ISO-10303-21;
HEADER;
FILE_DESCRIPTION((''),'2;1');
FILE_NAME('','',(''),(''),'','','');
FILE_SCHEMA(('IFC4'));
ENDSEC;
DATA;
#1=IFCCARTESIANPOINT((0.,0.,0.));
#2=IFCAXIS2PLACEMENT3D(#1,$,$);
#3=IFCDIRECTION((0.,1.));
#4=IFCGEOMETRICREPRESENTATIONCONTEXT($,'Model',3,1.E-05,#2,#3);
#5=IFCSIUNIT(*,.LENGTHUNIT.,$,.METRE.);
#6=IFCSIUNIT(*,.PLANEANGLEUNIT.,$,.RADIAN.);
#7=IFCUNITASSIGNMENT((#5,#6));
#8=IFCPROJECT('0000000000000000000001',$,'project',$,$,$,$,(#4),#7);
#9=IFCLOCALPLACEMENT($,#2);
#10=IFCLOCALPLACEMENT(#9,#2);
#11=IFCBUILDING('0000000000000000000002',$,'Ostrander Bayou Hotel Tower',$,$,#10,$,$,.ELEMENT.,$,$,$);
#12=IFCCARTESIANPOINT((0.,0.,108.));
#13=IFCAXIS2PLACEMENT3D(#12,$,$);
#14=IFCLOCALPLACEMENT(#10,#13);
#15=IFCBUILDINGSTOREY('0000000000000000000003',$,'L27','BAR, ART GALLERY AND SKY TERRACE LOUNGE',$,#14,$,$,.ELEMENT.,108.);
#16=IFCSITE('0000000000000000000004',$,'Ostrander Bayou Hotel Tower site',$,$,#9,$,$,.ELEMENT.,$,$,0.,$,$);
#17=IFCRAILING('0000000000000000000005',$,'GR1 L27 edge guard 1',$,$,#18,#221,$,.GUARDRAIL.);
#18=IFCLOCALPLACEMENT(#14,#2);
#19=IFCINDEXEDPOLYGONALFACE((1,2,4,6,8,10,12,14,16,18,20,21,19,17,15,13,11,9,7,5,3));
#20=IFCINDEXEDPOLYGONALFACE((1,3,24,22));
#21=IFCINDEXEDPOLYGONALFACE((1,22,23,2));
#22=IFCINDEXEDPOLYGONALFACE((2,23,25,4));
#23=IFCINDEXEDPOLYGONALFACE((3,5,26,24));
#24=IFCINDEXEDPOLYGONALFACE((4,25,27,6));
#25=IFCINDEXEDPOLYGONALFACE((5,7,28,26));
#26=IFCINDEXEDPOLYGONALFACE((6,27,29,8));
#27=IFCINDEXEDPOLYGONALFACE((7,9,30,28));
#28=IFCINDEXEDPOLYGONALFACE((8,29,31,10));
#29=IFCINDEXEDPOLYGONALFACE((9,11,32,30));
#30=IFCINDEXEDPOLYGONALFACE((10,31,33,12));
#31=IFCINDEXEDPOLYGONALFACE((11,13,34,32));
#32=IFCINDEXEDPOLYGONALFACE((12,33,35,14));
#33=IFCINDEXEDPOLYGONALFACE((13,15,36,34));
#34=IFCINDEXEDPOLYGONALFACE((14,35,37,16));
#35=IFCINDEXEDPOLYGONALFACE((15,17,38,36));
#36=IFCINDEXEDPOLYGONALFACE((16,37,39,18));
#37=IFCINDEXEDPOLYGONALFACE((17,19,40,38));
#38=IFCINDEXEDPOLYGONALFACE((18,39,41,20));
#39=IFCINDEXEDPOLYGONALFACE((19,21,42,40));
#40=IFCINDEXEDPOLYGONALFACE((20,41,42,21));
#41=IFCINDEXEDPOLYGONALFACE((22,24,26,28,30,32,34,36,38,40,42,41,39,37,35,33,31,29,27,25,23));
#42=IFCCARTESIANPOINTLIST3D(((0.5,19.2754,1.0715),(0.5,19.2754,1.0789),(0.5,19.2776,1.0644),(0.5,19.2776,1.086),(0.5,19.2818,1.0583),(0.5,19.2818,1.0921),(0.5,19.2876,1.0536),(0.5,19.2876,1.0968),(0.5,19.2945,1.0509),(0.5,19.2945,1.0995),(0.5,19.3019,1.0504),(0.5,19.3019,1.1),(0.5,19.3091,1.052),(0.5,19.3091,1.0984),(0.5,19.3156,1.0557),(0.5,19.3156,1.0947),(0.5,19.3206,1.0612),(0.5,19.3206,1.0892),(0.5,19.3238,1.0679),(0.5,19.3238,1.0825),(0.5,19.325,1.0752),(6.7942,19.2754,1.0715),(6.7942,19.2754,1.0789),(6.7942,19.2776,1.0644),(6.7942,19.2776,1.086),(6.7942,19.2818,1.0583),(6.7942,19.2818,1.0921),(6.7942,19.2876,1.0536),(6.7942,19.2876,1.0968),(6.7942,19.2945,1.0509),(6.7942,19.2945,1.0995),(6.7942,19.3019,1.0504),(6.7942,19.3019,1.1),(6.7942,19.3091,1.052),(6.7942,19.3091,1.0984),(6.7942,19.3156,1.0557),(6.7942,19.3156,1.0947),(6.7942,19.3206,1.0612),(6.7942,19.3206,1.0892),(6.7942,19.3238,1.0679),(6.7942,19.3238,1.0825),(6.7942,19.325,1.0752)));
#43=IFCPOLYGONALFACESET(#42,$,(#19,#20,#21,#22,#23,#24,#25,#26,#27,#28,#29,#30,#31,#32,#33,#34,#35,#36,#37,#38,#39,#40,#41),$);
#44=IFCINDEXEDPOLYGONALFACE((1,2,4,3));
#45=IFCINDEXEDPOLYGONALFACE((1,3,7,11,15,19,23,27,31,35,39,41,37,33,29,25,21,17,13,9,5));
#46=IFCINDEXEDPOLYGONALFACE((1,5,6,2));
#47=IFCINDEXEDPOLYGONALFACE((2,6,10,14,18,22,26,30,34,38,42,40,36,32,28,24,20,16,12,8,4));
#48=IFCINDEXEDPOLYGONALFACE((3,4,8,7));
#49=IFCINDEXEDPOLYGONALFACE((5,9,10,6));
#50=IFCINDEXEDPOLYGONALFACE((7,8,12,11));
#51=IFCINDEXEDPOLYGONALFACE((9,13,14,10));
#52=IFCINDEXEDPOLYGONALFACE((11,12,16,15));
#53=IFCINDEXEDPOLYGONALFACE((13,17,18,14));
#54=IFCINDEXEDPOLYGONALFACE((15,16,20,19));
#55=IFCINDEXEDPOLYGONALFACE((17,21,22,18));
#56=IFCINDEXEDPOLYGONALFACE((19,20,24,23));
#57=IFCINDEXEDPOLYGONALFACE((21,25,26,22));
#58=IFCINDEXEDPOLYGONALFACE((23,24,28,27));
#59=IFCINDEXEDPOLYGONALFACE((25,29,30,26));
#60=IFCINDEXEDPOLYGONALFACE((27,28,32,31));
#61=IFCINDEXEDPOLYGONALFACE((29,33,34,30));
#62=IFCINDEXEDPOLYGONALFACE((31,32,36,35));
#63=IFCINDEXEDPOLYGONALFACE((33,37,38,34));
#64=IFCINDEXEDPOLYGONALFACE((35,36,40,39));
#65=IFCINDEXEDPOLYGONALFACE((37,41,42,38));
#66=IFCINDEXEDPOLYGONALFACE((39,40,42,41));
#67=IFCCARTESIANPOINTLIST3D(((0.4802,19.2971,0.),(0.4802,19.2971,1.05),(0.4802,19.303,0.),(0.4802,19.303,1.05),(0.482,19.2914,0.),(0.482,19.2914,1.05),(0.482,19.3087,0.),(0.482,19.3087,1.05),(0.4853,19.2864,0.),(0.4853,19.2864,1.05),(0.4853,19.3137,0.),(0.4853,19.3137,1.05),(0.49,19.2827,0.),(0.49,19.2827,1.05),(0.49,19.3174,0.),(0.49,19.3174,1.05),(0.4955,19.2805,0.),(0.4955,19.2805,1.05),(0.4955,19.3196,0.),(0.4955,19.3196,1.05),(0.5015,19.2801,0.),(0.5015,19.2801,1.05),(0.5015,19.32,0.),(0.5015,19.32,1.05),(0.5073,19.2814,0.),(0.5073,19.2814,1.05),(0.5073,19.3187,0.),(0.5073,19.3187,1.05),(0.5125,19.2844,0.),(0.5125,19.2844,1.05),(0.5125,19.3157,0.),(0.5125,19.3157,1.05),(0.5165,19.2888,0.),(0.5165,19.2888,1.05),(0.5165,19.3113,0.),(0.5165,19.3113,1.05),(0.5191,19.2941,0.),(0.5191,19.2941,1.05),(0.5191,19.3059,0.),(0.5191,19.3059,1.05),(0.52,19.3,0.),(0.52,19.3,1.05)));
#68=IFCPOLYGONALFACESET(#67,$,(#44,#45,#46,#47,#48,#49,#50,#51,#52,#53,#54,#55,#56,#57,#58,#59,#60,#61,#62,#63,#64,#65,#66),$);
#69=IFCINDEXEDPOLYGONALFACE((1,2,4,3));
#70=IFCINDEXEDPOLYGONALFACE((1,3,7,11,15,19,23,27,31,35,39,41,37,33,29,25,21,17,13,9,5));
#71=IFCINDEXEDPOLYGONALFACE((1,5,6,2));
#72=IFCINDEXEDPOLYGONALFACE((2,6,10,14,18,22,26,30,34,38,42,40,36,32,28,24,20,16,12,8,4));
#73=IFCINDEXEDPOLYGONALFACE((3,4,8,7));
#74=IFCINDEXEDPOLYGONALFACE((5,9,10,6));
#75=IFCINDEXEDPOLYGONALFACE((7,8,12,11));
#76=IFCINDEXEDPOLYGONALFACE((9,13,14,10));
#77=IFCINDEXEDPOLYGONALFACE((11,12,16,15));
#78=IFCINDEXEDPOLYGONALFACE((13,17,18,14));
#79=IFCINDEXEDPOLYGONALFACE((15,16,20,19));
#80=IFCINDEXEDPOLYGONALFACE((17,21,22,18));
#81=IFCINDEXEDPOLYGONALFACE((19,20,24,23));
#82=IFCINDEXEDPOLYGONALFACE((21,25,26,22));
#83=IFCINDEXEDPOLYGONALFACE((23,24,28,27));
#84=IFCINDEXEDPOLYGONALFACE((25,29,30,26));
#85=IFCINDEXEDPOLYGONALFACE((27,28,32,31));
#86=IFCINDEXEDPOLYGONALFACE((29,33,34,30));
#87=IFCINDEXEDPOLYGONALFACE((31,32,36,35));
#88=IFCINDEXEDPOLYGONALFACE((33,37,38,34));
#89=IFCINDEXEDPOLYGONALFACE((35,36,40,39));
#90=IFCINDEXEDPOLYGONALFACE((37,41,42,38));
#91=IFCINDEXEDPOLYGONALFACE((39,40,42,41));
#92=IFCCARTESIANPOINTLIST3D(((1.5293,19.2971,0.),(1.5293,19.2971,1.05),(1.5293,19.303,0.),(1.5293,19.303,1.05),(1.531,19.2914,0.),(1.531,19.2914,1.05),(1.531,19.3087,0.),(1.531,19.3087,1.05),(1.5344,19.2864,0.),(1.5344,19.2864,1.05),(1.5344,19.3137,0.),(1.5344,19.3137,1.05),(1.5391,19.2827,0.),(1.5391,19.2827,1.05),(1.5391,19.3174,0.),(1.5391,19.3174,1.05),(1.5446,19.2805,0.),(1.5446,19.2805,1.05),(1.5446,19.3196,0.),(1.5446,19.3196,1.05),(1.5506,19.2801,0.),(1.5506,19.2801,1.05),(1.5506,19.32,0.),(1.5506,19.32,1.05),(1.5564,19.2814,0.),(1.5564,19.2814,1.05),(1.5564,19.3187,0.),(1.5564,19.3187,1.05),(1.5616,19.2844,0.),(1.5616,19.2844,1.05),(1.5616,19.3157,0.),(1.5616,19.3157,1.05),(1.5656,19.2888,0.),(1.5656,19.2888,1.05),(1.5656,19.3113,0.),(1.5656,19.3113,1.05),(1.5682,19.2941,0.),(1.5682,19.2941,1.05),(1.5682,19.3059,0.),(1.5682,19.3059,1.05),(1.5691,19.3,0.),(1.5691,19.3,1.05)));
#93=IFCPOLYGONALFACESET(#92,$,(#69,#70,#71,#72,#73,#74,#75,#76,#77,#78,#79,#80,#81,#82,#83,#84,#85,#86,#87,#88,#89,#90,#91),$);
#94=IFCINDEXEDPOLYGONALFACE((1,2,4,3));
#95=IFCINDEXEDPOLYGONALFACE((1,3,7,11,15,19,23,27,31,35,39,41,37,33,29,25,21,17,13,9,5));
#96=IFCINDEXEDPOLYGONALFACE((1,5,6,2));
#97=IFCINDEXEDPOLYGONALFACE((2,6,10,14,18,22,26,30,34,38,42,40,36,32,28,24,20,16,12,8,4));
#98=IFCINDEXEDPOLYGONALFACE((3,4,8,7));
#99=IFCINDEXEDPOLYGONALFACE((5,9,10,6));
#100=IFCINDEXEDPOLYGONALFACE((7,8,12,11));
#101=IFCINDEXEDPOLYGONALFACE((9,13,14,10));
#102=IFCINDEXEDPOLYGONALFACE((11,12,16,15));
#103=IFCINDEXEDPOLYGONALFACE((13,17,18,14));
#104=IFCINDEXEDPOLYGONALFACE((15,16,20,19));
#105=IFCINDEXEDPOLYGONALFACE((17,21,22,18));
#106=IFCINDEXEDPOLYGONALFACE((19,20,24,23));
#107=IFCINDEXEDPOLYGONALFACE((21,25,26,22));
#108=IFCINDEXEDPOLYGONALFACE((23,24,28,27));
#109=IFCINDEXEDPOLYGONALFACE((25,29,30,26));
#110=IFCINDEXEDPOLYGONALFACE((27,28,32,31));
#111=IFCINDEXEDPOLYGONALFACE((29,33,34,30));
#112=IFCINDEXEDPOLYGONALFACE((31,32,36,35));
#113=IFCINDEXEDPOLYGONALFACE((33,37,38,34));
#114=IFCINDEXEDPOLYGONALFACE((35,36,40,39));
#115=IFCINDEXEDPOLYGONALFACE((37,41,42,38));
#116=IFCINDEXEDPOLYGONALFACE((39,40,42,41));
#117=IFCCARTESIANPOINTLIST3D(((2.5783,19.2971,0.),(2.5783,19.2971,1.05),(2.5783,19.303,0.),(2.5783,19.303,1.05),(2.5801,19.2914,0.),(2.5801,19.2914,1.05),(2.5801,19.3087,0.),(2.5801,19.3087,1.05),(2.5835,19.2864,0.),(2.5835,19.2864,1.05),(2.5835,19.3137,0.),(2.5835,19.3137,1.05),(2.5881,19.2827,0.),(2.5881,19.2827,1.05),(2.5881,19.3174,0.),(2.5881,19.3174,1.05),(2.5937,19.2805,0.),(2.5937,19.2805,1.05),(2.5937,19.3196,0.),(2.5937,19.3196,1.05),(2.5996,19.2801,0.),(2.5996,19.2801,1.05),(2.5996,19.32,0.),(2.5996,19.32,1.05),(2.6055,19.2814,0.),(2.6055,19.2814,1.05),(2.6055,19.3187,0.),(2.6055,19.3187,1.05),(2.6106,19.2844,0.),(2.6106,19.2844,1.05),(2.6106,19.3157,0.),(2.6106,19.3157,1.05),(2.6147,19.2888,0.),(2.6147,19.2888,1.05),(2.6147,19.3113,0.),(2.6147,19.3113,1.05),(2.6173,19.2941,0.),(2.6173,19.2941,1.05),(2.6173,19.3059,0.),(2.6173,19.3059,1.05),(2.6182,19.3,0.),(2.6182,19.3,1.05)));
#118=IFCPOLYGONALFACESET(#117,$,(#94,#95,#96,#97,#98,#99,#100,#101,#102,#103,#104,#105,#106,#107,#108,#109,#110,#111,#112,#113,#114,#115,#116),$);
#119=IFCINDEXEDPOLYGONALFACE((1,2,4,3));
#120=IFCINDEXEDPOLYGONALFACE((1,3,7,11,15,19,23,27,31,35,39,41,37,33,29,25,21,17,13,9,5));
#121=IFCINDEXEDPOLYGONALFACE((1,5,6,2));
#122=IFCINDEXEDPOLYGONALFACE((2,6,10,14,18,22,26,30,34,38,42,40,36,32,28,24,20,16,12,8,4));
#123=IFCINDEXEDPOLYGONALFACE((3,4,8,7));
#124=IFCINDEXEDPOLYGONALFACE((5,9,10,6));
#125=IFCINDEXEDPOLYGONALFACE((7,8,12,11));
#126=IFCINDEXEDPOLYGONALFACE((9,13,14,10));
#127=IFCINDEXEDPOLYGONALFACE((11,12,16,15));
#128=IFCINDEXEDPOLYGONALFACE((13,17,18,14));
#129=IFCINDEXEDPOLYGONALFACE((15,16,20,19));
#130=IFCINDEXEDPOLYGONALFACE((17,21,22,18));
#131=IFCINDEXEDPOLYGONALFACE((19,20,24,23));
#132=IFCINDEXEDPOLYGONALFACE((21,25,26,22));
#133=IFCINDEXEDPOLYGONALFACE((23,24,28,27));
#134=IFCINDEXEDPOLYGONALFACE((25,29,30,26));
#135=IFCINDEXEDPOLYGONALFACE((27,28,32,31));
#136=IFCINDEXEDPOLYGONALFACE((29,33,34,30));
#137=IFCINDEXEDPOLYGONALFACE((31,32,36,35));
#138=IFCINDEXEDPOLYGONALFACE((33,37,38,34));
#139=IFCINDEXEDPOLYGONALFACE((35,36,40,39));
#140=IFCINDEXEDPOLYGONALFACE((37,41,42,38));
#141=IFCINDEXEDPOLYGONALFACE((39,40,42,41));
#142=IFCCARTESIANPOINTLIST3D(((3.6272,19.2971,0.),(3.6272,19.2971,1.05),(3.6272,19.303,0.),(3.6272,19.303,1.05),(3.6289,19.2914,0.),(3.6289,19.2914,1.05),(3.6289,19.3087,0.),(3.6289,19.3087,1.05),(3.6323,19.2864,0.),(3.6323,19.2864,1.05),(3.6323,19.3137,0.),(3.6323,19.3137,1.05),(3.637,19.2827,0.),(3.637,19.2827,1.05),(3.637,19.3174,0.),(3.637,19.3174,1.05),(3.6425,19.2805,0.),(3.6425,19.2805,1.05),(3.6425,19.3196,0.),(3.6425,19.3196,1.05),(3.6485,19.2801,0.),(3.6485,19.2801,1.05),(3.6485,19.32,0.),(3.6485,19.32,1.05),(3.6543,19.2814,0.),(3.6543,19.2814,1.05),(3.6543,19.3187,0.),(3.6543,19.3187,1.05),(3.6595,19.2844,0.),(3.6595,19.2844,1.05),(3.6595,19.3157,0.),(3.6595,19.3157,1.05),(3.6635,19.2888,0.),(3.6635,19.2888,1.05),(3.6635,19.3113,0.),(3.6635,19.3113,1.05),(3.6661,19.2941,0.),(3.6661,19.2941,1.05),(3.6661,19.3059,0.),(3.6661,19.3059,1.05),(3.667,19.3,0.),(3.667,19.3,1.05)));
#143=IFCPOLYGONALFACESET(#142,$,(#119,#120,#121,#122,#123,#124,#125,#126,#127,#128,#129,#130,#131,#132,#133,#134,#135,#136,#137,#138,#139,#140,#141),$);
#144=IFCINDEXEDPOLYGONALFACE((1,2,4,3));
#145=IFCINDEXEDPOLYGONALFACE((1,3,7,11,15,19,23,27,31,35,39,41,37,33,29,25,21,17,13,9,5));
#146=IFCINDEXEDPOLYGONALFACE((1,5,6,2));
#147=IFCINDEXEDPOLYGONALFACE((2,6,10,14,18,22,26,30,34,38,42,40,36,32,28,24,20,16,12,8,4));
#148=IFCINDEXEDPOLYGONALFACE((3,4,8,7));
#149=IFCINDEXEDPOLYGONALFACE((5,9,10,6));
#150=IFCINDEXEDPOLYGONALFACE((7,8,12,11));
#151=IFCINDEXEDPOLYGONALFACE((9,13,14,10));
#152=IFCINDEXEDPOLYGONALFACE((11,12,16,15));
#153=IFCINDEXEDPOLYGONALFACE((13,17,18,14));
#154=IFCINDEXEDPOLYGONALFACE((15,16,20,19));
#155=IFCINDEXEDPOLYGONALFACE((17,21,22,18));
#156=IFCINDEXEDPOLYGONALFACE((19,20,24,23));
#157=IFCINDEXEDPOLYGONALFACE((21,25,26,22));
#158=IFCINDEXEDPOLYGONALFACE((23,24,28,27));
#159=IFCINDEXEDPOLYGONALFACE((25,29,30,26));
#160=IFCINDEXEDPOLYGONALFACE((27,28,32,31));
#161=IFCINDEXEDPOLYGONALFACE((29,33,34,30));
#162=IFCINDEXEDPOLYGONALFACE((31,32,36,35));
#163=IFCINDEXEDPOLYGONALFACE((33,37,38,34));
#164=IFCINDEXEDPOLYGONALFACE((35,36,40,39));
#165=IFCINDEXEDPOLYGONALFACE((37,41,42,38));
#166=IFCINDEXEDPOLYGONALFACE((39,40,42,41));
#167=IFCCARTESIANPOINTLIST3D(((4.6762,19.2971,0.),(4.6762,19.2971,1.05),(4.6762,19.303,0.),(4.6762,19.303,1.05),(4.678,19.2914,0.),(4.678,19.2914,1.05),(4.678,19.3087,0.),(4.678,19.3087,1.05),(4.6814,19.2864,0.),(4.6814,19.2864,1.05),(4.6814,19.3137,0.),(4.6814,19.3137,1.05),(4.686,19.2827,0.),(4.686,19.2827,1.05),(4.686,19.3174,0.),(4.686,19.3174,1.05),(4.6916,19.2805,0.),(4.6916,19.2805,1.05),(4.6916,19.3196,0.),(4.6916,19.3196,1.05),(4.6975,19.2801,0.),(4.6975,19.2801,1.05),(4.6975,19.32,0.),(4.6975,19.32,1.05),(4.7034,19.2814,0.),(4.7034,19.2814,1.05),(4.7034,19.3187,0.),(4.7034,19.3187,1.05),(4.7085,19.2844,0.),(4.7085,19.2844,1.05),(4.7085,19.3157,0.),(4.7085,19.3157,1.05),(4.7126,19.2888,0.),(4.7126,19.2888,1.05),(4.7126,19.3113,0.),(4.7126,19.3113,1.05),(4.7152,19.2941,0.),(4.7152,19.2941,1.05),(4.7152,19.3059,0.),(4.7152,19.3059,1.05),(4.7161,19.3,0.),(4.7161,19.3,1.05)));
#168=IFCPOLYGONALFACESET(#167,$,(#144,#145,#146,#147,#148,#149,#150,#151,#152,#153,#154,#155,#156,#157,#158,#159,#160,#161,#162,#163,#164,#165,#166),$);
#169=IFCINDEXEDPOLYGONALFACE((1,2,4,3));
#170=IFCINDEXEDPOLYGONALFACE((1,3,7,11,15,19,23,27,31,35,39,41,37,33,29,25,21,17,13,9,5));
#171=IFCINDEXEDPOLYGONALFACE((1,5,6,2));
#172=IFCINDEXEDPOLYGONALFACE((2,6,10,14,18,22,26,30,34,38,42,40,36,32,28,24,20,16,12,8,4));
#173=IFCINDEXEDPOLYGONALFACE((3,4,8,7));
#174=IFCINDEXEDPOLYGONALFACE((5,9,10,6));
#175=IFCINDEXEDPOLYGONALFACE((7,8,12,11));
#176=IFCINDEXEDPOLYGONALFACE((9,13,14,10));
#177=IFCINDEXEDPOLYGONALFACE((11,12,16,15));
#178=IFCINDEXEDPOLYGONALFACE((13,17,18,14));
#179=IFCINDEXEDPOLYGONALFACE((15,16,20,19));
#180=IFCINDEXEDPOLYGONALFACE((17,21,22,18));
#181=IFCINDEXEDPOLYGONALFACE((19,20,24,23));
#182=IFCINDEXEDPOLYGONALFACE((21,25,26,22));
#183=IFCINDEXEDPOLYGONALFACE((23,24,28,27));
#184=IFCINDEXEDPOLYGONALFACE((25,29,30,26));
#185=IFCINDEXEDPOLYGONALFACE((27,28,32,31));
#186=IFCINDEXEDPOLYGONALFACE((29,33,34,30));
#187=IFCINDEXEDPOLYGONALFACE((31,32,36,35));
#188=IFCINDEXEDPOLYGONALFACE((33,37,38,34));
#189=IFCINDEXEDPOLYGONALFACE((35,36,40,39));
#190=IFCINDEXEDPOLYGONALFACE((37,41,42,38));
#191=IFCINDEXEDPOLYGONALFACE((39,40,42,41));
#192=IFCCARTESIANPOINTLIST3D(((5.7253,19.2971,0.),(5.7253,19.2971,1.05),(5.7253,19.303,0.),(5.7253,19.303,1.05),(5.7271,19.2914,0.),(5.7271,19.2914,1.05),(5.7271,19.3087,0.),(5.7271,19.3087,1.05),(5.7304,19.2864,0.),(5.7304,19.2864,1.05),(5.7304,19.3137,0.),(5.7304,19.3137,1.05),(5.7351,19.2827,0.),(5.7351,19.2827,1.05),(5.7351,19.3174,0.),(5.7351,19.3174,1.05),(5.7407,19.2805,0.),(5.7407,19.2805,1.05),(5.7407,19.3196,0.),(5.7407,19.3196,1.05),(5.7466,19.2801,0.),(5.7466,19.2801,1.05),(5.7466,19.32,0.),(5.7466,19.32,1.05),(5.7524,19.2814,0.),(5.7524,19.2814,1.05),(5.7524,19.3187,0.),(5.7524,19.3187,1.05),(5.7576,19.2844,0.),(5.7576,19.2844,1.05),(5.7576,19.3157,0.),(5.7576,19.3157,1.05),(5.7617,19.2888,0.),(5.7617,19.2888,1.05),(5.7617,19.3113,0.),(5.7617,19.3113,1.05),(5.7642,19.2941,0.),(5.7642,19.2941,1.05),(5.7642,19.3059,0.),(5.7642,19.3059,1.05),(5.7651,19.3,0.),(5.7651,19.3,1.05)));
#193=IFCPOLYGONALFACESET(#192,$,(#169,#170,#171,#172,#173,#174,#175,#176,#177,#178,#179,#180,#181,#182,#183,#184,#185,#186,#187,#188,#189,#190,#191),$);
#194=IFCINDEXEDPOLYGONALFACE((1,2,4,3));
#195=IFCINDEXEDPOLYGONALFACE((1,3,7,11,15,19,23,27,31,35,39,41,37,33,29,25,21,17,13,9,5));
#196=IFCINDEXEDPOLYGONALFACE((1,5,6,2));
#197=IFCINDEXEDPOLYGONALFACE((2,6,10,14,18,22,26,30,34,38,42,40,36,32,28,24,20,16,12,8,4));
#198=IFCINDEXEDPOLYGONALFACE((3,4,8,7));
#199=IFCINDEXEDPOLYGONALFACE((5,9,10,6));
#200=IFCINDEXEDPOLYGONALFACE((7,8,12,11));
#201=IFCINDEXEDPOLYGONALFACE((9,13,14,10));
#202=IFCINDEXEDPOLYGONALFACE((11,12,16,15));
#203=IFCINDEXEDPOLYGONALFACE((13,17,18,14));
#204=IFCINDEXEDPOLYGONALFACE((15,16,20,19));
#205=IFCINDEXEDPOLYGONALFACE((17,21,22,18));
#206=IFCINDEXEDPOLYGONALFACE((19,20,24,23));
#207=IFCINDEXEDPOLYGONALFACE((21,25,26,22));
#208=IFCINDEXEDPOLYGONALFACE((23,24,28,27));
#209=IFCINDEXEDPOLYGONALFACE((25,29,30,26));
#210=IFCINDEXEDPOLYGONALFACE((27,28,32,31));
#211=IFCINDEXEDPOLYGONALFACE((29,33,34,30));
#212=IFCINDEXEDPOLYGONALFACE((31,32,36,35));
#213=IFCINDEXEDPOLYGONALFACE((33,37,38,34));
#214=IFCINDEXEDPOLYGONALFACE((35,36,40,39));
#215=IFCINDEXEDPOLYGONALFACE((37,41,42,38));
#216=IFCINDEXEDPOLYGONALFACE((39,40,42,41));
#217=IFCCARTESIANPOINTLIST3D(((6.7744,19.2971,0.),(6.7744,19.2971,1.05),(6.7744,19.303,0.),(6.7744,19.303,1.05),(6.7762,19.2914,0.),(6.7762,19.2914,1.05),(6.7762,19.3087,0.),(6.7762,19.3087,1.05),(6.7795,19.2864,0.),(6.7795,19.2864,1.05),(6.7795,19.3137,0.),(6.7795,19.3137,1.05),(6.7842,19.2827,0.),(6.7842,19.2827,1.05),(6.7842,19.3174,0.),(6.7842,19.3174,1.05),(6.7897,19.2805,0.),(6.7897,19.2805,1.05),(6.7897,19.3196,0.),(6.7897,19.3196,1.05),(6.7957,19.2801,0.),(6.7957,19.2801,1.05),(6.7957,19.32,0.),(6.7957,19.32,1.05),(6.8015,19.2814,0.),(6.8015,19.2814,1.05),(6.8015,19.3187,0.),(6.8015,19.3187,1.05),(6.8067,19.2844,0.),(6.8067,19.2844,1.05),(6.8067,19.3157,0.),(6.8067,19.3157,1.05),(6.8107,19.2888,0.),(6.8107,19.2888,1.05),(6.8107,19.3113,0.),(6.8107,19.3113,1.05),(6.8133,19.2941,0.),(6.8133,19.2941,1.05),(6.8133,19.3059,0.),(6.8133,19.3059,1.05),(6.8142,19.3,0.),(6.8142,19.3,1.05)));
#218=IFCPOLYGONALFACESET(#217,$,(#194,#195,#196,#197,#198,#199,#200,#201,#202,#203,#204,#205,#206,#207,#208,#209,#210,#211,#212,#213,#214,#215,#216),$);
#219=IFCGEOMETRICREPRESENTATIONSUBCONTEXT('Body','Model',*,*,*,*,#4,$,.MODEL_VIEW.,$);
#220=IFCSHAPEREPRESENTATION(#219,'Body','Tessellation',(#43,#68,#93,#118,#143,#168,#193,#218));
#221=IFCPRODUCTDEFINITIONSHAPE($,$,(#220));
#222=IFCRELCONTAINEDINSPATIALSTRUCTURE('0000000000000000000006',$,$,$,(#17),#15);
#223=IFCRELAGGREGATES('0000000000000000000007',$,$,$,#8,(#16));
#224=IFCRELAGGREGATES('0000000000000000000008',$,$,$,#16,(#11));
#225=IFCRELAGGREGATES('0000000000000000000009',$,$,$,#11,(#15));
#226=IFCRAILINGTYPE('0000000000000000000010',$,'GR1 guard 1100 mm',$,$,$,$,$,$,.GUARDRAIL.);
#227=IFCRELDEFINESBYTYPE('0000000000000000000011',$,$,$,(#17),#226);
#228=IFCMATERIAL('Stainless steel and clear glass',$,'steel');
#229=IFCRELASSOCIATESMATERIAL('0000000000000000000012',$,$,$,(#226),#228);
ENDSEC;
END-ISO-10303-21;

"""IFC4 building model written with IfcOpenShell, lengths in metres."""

from ifc_helpers import new_model, si_unit, direction, frame, origin, origin_2d, place, context, subcontext, project, spatial, circle, extrude, material, type_object, element, save


model = new_model("IFC4")

# Units and contexts
model_context = context("Model", 3, precision=1e-05, world=origin(), true_north=direction((0.0, 1.0)))
body_context = subcontext(model_context, "Body", "Model", "MODEL_VIEW")
ifc_project = project(units=[si_unit("LENGTHUNIT", "METRE"), si_unit("PLANEANGLEUNIT", "RADIAN")], contexts=[model_context])

# Site, building, storey
site_placement = place(None, origin())
site = spatial("IfcSite", under=ifc_project, at=site_placement, Name="Ostrander Bayou Hotel Tower site", CompositionType="ELEMENT", RefElevation=0.0)
building_placement = place(site_placement, origin())
building = spatial("IfcBuilding", under=site, at=building_placement, Name="Ostrander Bayou Hotel Tower", CompositionType="ELEMENT")
storey_placement = place(building_placement, frame((0.0, 0.0, 108.0)))
storey = spatial("IfcBuildingStorey", under=building, at=storey_placement, Name="L27", Description="BAR, ART GALLERY AND SKY TERRACE LOUNGE", CompositionType="ELEMENT", Elevation=108.0)

# Railing
ifc_material_1 = material(Name="Stainless steel and clear glass", Category="steel")
railing_type = type_object("IfcRailingType", Name="GR1 guard 1100 mm", PredefinedType="GUARDRAIL", material=ifc_material_1)
railing_1_placement = place(storey_placement, frame((0.5, 19.3, 0.0)))
element("IfcRailing", 1, at=railing_1_placement, inside=storey, type_object=railing_type, Name="GR1 L27 edge guard 1", PredefinedType="GUARDRAIL", context=body_context, shape_type="SweptSolid", body=[
    extrude(circle(Radius=0.0249, at=origin_2d()), frame((0.0, 0.0, 1.0752), z_axis=(1.0, 0.0, 0.0), x_axis=(0.0, 1.0, 0.0)), (0.0, 0.0, 1.0), 6.2942),
    extrude(circle(Radius=0.02, at=origin_2d()), origin(), (0.0, 0.0, 1.0), 1.05),
    extrude(circle(Radius=0.02, at=origin_2d()), frame((1.0491, 0.0, 0.0)), (0.0, 0.0, 1.0), 1.05),
    extrude(circle(Radius=0.02, at=origin_2d()), frame((2.0981, 0.0, 0.0)), (0.0, 0.0, 1.0), 1.05),
    extrude(circle(Radius=0.02, at=origin_2d()), frame((3.147, 0.0, 0.0)), (0.0, 0.0, 1.0), 1.05),
    extrude(circle(Radius=0.02, at=origin_2d()), frame((4.196, 0.0, 0.0)), (0.0, 0.0, 1.0), 1.05),
    extrude(circle(Radius=0.02, at=origin_2d()), frame((5.2451, 0.0, 0.0)), (0.0, 0.0, 1.0), 1.05),
    extrude(circle(Radius=0.02, at=origin_2d()), frame((6.2942, 0.0, 0.0)), (0.0, 0.0, 1.0), 1.05),
])

save(model, "model.ifc")
